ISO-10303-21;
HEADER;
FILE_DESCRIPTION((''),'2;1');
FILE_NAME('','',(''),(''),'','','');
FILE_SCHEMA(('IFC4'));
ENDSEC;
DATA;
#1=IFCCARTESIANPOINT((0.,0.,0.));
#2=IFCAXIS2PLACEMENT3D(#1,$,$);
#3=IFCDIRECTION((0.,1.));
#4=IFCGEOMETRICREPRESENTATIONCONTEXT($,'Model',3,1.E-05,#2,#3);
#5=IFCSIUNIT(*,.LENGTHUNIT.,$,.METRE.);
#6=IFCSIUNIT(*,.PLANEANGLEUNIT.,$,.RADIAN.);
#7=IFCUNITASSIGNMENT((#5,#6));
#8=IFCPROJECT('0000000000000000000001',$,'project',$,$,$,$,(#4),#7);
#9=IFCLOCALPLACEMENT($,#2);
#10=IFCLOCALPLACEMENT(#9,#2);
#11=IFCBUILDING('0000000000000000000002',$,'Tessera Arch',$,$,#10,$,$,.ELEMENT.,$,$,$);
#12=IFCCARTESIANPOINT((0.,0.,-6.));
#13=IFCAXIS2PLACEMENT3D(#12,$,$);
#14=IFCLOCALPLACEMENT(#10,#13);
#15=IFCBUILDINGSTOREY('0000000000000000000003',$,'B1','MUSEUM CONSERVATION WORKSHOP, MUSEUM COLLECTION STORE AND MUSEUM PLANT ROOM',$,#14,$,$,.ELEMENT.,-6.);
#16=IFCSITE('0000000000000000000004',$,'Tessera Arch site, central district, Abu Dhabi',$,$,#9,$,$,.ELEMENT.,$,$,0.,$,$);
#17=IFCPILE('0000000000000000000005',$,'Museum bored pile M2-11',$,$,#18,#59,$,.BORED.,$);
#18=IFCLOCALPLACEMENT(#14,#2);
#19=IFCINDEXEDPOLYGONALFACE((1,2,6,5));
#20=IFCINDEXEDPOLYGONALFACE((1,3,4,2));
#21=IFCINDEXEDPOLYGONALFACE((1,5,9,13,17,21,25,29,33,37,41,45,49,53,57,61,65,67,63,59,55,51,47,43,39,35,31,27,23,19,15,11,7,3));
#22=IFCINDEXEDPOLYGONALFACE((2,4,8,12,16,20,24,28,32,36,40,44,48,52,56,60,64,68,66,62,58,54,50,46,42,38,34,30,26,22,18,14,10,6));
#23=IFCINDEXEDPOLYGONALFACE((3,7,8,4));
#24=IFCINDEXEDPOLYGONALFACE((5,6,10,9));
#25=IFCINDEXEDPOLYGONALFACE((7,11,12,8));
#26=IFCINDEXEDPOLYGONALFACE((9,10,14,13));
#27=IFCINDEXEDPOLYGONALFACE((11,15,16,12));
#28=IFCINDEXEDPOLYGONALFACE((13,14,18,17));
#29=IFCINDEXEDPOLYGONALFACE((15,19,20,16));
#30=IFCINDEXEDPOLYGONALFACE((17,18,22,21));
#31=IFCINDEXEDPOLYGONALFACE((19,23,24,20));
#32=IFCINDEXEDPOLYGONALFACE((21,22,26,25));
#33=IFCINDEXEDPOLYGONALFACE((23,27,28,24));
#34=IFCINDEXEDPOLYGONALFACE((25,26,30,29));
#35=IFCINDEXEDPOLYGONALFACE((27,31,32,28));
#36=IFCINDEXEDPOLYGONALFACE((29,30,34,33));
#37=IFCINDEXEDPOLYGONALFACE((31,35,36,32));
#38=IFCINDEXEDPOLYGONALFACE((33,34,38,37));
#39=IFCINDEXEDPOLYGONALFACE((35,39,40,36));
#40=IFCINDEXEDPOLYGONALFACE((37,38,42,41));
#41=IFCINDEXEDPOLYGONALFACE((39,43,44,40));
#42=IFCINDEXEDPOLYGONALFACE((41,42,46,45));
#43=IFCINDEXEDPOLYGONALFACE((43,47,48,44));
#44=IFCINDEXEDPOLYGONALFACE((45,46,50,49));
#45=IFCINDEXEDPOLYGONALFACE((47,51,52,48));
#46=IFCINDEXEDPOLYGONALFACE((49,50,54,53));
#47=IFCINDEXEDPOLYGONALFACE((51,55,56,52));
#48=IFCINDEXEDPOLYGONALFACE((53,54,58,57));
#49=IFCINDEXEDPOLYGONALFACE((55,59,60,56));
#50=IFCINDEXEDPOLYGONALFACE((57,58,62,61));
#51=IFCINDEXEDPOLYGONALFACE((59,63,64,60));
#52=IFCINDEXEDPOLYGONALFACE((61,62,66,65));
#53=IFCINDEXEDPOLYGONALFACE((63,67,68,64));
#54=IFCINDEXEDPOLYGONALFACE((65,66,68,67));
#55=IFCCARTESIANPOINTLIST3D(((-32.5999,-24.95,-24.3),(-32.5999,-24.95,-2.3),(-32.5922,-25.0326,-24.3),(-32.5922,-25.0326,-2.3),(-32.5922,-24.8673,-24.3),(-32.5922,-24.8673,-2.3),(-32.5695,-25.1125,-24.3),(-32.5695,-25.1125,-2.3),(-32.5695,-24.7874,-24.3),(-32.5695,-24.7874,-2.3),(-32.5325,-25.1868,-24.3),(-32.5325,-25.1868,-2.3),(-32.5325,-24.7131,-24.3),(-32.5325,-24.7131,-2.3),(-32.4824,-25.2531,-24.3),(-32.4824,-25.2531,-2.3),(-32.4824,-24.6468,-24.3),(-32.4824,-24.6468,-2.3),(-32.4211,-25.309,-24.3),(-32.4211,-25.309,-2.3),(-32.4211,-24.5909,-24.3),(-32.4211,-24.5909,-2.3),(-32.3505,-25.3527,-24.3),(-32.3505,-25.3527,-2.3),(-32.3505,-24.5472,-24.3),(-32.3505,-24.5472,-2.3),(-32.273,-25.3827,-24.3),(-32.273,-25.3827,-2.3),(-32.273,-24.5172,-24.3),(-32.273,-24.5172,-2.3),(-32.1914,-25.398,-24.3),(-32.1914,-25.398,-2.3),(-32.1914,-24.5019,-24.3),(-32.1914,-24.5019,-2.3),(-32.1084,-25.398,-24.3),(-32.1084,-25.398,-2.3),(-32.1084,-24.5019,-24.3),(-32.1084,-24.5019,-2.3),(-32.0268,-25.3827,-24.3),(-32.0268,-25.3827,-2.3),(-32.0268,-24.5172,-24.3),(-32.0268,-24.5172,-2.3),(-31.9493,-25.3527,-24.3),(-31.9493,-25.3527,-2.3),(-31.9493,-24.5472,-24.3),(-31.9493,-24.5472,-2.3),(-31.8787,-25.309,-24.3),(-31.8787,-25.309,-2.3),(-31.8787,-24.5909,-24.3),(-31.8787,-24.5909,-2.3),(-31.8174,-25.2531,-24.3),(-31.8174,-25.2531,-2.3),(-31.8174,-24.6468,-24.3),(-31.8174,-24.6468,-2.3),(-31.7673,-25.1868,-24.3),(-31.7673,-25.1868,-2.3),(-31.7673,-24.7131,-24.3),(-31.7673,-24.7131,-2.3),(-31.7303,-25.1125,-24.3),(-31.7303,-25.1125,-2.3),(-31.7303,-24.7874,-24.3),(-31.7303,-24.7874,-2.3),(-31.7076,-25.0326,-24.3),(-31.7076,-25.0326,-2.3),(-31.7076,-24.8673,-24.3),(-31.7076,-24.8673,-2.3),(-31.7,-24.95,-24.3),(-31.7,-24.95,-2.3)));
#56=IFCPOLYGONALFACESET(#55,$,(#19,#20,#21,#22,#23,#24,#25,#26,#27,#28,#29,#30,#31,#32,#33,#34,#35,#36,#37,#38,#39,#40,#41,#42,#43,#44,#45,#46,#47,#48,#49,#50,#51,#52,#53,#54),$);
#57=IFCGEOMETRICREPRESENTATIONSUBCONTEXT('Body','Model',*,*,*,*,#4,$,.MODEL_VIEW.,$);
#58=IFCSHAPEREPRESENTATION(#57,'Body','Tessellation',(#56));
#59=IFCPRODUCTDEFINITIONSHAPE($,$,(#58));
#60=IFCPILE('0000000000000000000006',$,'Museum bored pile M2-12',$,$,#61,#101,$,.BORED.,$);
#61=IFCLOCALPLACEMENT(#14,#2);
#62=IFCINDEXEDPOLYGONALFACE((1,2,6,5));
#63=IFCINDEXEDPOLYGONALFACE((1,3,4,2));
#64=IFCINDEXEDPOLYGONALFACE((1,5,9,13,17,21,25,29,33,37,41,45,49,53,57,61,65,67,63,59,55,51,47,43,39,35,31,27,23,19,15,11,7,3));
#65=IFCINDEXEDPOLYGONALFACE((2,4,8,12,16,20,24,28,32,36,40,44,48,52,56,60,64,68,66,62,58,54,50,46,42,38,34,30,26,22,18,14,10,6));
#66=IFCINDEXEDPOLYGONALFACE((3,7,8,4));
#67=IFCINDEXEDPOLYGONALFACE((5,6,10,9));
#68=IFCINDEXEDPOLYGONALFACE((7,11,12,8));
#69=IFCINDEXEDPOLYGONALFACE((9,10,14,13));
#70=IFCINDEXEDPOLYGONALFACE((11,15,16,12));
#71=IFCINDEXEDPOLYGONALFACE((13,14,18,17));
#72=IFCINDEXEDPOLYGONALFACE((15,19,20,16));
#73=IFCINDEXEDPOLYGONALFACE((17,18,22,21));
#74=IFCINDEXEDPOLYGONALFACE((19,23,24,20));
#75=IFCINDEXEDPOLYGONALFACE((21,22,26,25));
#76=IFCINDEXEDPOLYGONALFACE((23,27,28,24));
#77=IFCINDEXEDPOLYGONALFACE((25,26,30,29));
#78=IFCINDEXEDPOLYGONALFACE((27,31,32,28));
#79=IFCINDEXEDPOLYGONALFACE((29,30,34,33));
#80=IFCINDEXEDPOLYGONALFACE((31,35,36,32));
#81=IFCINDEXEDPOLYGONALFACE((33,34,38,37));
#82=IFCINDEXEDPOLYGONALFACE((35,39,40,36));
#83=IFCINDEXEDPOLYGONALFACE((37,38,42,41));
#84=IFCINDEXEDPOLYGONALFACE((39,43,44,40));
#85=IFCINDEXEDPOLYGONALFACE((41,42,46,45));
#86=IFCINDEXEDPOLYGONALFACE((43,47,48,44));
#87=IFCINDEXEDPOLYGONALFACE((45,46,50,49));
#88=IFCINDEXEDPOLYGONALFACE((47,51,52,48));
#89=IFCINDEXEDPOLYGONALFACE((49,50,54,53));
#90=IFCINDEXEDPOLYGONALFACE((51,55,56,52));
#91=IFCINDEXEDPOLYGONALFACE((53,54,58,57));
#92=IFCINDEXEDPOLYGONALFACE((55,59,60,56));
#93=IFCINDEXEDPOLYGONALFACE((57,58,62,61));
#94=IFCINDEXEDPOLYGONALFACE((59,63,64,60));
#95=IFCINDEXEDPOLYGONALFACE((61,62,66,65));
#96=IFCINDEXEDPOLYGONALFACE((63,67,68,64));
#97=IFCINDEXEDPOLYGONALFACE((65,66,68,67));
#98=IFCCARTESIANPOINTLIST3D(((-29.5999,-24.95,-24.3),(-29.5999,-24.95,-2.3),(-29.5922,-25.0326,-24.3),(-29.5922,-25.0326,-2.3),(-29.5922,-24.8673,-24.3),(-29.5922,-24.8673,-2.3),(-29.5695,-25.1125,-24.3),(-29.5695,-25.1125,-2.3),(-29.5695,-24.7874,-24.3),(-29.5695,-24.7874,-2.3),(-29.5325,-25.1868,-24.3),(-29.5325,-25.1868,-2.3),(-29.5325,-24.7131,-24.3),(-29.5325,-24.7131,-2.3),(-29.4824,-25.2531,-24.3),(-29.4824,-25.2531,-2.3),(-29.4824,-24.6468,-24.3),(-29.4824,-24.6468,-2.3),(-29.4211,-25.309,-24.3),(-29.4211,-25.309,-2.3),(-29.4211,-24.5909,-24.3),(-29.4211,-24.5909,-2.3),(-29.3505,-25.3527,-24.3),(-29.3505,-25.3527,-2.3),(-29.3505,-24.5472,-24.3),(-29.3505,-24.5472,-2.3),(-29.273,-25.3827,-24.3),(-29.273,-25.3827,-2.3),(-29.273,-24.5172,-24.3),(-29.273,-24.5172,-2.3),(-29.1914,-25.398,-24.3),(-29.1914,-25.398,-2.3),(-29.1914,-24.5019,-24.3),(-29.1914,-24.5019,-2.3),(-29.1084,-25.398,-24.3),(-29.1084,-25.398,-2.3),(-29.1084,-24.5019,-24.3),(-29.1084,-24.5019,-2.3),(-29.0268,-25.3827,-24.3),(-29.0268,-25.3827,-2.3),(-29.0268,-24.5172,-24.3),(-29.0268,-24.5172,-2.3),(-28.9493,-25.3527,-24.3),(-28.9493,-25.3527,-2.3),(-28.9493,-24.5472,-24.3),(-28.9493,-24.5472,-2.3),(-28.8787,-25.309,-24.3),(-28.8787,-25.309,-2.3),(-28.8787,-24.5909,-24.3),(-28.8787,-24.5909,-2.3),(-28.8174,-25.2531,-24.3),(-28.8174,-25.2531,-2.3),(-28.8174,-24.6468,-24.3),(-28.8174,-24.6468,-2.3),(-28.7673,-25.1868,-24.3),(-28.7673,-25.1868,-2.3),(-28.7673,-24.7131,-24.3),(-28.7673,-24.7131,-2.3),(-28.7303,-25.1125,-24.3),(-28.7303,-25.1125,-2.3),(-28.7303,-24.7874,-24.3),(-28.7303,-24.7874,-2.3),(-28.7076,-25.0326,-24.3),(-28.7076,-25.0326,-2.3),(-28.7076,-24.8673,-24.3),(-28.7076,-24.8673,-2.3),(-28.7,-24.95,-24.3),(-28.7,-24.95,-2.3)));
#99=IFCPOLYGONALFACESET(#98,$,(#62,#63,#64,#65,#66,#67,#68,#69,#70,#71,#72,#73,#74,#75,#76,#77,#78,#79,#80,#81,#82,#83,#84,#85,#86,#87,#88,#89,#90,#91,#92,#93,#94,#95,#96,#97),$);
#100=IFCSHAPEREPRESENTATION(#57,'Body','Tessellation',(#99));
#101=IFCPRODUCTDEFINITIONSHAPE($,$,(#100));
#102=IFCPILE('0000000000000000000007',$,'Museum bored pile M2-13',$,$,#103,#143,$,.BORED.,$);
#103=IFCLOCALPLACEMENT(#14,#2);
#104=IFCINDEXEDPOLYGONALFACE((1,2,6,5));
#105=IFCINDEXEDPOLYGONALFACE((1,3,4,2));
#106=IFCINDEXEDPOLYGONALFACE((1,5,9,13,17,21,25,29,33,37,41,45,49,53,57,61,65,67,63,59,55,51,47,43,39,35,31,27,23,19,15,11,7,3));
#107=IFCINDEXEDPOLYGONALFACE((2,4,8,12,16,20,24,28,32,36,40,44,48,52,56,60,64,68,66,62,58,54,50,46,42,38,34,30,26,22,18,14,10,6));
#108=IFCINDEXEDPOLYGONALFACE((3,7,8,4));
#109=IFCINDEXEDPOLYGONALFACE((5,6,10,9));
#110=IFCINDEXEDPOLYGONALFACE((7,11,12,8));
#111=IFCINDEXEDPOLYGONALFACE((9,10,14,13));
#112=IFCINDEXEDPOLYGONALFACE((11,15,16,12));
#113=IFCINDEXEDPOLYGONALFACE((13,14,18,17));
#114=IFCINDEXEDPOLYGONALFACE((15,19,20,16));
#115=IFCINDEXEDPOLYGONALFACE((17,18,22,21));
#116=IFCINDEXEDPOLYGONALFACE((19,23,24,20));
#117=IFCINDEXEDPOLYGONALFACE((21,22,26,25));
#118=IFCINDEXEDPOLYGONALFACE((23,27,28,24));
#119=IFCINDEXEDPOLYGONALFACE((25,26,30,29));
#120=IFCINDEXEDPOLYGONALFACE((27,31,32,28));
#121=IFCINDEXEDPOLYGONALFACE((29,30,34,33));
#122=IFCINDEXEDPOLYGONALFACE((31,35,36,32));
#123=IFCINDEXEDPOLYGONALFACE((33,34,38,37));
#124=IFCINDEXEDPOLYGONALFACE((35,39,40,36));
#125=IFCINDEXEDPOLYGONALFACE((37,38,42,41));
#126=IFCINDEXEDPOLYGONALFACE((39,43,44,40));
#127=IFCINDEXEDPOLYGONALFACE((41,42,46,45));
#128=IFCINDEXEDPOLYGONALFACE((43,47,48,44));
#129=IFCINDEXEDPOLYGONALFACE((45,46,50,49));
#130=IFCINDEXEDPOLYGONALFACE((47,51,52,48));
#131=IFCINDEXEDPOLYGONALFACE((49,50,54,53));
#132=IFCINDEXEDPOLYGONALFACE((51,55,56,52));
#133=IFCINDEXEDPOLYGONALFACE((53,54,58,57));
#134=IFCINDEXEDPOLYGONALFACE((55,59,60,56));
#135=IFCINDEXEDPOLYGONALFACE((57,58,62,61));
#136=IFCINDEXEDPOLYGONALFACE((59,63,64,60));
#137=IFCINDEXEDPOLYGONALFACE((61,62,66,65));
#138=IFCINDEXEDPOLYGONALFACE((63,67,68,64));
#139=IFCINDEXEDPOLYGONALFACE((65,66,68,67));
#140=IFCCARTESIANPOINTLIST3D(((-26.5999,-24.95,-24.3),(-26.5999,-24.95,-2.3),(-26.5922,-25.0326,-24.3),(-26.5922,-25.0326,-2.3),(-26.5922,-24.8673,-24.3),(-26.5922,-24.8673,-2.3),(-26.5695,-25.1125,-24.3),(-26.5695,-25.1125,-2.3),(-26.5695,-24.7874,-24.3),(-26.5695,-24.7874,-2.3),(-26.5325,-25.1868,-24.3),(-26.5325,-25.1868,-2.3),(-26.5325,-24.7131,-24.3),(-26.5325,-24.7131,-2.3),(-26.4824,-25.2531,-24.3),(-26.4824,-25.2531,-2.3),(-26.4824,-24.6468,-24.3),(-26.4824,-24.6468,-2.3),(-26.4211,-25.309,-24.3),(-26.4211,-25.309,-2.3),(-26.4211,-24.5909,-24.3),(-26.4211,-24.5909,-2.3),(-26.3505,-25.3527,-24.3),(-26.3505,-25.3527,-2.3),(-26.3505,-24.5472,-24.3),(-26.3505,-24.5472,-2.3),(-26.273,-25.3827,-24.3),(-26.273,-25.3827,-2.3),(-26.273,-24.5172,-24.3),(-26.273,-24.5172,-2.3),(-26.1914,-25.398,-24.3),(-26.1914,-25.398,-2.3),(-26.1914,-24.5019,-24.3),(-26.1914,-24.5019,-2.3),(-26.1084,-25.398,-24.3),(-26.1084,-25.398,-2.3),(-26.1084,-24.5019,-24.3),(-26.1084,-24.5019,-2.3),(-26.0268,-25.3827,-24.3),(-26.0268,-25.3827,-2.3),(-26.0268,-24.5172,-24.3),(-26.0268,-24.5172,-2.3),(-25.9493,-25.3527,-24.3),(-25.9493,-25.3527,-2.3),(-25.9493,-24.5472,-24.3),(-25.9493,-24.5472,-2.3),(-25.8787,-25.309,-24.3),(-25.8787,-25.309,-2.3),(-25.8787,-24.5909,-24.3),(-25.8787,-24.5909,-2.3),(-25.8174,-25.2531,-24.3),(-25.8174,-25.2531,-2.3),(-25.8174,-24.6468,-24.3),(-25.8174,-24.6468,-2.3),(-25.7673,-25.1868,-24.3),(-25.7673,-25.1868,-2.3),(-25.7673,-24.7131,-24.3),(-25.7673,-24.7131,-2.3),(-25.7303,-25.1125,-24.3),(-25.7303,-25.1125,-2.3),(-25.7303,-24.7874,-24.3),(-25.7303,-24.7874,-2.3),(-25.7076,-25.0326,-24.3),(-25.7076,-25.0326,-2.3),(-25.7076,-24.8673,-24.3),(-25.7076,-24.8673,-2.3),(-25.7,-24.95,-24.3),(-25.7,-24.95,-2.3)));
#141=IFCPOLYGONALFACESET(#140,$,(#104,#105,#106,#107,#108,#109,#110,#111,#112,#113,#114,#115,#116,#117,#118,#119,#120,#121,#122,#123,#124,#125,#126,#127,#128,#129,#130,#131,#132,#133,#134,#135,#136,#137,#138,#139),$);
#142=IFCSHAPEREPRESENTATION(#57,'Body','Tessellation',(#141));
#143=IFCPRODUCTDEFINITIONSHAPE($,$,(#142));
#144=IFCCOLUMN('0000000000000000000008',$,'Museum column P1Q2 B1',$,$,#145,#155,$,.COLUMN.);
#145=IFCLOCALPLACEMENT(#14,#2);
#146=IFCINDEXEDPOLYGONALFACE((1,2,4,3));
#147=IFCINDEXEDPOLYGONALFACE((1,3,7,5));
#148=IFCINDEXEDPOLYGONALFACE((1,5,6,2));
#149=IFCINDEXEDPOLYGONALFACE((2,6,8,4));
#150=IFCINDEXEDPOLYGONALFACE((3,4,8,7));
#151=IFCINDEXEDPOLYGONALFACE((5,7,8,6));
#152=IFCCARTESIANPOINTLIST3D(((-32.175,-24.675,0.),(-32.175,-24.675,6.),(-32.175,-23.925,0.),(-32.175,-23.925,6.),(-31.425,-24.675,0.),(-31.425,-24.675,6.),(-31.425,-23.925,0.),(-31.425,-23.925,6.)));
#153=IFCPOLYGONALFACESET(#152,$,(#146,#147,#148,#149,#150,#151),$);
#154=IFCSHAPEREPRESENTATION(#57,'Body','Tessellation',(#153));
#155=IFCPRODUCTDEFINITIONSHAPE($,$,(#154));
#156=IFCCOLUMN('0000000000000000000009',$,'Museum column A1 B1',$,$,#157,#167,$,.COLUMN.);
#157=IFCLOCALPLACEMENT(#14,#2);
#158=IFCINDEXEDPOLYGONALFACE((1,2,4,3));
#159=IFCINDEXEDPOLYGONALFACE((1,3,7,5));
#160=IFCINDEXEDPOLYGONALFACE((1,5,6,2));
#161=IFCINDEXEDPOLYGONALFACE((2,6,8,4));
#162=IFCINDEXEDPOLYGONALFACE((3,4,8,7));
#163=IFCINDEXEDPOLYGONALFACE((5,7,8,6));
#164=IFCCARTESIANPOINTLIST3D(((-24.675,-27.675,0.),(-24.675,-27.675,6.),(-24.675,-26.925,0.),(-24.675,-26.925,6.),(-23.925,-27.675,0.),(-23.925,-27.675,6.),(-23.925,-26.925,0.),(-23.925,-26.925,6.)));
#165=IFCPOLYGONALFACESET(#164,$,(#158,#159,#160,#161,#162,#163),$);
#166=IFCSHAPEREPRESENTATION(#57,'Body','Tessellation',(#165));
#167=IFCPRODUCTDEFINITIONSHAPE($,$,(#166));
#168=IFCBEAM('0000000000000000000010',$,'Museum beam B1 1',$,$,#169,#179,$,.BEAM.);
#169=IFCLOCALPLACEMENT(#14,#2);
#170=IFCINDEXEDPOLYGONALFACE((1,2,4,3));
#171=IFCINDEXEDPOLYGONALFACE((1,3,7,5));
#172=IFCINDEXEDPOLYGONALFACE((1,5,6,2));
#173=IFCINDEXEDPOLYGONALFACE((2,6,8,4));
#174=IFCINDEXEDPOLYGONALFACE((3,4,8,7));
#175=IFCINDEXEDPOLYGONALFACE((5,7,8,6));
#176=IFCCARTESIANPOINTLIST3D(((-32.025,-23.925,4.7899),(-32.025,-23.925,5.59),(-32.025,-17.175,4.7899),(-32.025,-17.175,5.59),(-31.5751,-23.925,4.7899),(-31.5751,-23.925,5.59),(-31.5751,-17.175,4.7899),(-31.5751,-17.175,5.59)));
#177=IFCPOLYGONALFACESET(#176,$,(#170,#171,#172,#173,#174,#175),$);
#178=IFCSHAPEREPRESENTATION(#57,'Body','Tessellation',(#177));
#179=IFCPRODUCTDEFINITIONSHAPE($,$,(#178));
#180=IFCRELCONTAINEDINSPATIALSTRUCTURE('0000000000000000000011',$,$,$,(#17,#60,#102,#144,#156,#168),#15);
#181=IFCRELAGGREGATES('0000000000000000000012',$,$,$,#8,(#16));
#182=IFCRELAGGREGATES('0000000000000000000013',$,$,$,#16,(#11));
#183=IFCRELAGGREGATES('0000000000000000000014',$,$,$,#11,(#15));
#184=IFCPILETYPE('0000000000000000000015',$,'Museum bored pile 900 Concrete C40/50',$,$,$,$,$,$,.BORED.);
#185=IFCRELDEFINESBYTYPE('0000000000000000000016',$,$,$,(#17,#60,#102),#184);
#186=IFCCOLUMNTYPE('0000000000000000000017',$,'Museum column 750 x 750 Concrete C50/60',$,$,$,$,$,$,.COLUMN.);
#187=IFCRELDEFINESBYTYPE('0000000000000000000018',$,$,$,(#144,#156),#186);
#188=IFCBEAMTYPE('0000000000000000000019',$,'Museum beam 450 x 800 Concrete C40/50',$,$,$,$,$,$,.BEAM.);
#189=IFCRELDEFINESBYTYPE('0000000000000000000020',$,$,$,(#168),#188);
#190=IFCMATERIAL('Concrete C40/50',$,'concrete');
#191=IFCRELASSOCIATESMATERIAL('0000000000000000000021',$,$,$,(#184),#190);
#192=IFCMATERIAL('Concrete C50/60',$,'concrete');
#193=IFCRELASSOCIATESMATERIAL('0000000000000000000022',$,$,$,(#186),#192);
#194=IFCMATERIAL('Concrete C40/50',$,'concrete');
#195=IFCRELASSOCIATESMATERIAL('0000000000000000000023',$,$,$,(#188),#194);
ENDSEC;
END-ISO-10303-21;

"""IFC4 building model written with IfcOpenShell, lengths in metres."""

from ifc_helpers import new_model, si_unit, direction, frame, origin, origin_2d, place, context, subcontext, project, spatial, rectangle, circle, extrude, material, material_profile, profile_set, type_object, element, save


model = new_model("IFC4")

# Units and contexts
model_context = context("Model", 3, precision=1e-05, world=origin(), true_north=direction((0.0, 1.0)))
body_context = subcontext(model_context, "Body", "Model", "MODEL_VIEW")
ifc_project = project(units=[si_unit("LENGTHUNIT", "METRE"), si_unit("PLANEANGLEUNIT", "RADIAN")], contexts=[model_context])

# Site, building, storey
site_placement = place(None, origin())
site = spatial("IfcSite", under=ifc_project, at=site_placement, Name="Tessera Arch site, central district, Abu Dhabi", CompositionType="ELEMENT", RefElevation=0.0)
building_placement = place(site_placement, origin())
building = spatial("IfcBuilding", under=site, at=building_placement, Name="Tessera Arch", CompositionType="ELEMENT")
storey_placement = place(building_placement, frame((0.0, 0.0, -6.0)))
storey = spatial("IfcBuildingStorey", under=building, at=storey_placement, Name="B1", Description="MUSEUM CONSERVATION WORKSHOP, MUSEUM COLLECTION STORE AND MUSEUM PLANT ROOM", CompositionType="ELEMENT", Elevation=-6.0)

# Piles
ifc_material_1 = material(Name="Concrete C40/50", Category="concrete")
pile_type = type_object("IfcPileType", Name="Museum bored pile 900 Concrete C40/50", PredefinedType="BORED", material=ifc_material_1)
for number, where, z_axis, x_axis, name in (
    (1, (-32.1499, -24.95, -2.3), (0.0, 0.0, -1.0), (1.0, 0.0, 0.0), "Museum bored pile M2-11"),
    (2, (-29.1499, -24.95, -2.3), (0.0, 0.0, -1.0), (1.0, 0.0, 0.0), "Museum bored pile M2-12"),
    (3, (-26.1499, -24.95, -2.3), (0.0, 0.0, -1.0), (1.0, 0.0, 0.0), "Museum bored pile M2-13"),
):
    element("IfcPile", number, at=place(storey_placement, frame(where, z_axis=z_axis, x_axis=x_axis)), inside=storey, type_object=pile_type, Name=name, PredefinedType="BORED", context=body_context, shape_type="SweptSolid", body=[
        extrude(circle(Radius=0.45, at=origin_2d()), origin(), (0.0, 0.0, 1.0), 22.0),
    ])

# Columns
ifc_material_2 = material(Name="Concrete C50/60", Category="concrete")
ifc_material_profile_1 = material_profile(ifc_material_2, rectangle(XDim=0.75, YDim=0.75, at=origin_2d()), Name="Museum column 750 x 750 Concrete C50/60")
ifc_profile_set_1 = profile_set([ifc_material_profile_1], Name="Concrete C50/60")
column_type = type_object("IfcColumnType", Name="Museum column 750 x 750 Concrete C50/60", PredefinedType="COLUMN", material=ifc_profile_set_1)
for number, where, z_axis, x_axis, name in (
    (4, (-31.8, -24.3, 0.0), (0.0, 0.0, 1.0), (1.0, 0.0, 0.0), "Museum column P1Q2 B1"),
    (5, (-24.3, -27.3, 0.0), (0.0, 0.0, 1.0), (1.0, 0.0, 0.0), "Museum column A1 B1"),
):
    element("IfcColumn", number, at=place(storey_placement, frame(where, z_axis=z_axis, x_axis=x_axis)), inside=storey, type_object=column_type, Name=name, PredefinedType="COLUMN", context=body_context, shape_type="SweptSolid", body=[
        extrude(rectangle(XDim=0.75, YDim=0.75, at=origin_2d()), origin(), (0.0, 0.0, 1.0), 6.0),
    ])

# Beam
ifc_material_3 = material(Name="Concrete C40/50", Category="concrete")
ifc_material_profile_2 = material_profile(ifc_material_3, rectangle(XDim=0.45, YDim=0.8, at=origin_2d()), Name="Museum beam 450 x 800 Concrete C40/50")
ifc_profile_set_2 = profile_set([ifc_material_profile_2], Name="Concrete C40/50")
beam_type = type_object("IfcBeamType", Name="Museum beam 450 x 800 Concrete C40/50", PredefinedType="BEAM", material=ifc_profile_set_2)
beam_placement = place(storey_placement, frame((-31.8, -23.925, 5.1899), z_axis=(0.0, 1.0, 0.0), x_axis=(-1.0, 0.0, 0.0)))
element("IfcBeam", 6, at=beam_placement, inside=storey, type_object=beam_type, Name="Museum beam B1 1", PredefinedType="BEAM", context=body_context, shape_type="SweptSolid", body=[
    extrude(rectangle(XDim=0.45, YDim=0.8, at=origin_2d()), origin(), (0.0, 0.0, 1.0), 6.75),
])

save(model, "model.ifc")
